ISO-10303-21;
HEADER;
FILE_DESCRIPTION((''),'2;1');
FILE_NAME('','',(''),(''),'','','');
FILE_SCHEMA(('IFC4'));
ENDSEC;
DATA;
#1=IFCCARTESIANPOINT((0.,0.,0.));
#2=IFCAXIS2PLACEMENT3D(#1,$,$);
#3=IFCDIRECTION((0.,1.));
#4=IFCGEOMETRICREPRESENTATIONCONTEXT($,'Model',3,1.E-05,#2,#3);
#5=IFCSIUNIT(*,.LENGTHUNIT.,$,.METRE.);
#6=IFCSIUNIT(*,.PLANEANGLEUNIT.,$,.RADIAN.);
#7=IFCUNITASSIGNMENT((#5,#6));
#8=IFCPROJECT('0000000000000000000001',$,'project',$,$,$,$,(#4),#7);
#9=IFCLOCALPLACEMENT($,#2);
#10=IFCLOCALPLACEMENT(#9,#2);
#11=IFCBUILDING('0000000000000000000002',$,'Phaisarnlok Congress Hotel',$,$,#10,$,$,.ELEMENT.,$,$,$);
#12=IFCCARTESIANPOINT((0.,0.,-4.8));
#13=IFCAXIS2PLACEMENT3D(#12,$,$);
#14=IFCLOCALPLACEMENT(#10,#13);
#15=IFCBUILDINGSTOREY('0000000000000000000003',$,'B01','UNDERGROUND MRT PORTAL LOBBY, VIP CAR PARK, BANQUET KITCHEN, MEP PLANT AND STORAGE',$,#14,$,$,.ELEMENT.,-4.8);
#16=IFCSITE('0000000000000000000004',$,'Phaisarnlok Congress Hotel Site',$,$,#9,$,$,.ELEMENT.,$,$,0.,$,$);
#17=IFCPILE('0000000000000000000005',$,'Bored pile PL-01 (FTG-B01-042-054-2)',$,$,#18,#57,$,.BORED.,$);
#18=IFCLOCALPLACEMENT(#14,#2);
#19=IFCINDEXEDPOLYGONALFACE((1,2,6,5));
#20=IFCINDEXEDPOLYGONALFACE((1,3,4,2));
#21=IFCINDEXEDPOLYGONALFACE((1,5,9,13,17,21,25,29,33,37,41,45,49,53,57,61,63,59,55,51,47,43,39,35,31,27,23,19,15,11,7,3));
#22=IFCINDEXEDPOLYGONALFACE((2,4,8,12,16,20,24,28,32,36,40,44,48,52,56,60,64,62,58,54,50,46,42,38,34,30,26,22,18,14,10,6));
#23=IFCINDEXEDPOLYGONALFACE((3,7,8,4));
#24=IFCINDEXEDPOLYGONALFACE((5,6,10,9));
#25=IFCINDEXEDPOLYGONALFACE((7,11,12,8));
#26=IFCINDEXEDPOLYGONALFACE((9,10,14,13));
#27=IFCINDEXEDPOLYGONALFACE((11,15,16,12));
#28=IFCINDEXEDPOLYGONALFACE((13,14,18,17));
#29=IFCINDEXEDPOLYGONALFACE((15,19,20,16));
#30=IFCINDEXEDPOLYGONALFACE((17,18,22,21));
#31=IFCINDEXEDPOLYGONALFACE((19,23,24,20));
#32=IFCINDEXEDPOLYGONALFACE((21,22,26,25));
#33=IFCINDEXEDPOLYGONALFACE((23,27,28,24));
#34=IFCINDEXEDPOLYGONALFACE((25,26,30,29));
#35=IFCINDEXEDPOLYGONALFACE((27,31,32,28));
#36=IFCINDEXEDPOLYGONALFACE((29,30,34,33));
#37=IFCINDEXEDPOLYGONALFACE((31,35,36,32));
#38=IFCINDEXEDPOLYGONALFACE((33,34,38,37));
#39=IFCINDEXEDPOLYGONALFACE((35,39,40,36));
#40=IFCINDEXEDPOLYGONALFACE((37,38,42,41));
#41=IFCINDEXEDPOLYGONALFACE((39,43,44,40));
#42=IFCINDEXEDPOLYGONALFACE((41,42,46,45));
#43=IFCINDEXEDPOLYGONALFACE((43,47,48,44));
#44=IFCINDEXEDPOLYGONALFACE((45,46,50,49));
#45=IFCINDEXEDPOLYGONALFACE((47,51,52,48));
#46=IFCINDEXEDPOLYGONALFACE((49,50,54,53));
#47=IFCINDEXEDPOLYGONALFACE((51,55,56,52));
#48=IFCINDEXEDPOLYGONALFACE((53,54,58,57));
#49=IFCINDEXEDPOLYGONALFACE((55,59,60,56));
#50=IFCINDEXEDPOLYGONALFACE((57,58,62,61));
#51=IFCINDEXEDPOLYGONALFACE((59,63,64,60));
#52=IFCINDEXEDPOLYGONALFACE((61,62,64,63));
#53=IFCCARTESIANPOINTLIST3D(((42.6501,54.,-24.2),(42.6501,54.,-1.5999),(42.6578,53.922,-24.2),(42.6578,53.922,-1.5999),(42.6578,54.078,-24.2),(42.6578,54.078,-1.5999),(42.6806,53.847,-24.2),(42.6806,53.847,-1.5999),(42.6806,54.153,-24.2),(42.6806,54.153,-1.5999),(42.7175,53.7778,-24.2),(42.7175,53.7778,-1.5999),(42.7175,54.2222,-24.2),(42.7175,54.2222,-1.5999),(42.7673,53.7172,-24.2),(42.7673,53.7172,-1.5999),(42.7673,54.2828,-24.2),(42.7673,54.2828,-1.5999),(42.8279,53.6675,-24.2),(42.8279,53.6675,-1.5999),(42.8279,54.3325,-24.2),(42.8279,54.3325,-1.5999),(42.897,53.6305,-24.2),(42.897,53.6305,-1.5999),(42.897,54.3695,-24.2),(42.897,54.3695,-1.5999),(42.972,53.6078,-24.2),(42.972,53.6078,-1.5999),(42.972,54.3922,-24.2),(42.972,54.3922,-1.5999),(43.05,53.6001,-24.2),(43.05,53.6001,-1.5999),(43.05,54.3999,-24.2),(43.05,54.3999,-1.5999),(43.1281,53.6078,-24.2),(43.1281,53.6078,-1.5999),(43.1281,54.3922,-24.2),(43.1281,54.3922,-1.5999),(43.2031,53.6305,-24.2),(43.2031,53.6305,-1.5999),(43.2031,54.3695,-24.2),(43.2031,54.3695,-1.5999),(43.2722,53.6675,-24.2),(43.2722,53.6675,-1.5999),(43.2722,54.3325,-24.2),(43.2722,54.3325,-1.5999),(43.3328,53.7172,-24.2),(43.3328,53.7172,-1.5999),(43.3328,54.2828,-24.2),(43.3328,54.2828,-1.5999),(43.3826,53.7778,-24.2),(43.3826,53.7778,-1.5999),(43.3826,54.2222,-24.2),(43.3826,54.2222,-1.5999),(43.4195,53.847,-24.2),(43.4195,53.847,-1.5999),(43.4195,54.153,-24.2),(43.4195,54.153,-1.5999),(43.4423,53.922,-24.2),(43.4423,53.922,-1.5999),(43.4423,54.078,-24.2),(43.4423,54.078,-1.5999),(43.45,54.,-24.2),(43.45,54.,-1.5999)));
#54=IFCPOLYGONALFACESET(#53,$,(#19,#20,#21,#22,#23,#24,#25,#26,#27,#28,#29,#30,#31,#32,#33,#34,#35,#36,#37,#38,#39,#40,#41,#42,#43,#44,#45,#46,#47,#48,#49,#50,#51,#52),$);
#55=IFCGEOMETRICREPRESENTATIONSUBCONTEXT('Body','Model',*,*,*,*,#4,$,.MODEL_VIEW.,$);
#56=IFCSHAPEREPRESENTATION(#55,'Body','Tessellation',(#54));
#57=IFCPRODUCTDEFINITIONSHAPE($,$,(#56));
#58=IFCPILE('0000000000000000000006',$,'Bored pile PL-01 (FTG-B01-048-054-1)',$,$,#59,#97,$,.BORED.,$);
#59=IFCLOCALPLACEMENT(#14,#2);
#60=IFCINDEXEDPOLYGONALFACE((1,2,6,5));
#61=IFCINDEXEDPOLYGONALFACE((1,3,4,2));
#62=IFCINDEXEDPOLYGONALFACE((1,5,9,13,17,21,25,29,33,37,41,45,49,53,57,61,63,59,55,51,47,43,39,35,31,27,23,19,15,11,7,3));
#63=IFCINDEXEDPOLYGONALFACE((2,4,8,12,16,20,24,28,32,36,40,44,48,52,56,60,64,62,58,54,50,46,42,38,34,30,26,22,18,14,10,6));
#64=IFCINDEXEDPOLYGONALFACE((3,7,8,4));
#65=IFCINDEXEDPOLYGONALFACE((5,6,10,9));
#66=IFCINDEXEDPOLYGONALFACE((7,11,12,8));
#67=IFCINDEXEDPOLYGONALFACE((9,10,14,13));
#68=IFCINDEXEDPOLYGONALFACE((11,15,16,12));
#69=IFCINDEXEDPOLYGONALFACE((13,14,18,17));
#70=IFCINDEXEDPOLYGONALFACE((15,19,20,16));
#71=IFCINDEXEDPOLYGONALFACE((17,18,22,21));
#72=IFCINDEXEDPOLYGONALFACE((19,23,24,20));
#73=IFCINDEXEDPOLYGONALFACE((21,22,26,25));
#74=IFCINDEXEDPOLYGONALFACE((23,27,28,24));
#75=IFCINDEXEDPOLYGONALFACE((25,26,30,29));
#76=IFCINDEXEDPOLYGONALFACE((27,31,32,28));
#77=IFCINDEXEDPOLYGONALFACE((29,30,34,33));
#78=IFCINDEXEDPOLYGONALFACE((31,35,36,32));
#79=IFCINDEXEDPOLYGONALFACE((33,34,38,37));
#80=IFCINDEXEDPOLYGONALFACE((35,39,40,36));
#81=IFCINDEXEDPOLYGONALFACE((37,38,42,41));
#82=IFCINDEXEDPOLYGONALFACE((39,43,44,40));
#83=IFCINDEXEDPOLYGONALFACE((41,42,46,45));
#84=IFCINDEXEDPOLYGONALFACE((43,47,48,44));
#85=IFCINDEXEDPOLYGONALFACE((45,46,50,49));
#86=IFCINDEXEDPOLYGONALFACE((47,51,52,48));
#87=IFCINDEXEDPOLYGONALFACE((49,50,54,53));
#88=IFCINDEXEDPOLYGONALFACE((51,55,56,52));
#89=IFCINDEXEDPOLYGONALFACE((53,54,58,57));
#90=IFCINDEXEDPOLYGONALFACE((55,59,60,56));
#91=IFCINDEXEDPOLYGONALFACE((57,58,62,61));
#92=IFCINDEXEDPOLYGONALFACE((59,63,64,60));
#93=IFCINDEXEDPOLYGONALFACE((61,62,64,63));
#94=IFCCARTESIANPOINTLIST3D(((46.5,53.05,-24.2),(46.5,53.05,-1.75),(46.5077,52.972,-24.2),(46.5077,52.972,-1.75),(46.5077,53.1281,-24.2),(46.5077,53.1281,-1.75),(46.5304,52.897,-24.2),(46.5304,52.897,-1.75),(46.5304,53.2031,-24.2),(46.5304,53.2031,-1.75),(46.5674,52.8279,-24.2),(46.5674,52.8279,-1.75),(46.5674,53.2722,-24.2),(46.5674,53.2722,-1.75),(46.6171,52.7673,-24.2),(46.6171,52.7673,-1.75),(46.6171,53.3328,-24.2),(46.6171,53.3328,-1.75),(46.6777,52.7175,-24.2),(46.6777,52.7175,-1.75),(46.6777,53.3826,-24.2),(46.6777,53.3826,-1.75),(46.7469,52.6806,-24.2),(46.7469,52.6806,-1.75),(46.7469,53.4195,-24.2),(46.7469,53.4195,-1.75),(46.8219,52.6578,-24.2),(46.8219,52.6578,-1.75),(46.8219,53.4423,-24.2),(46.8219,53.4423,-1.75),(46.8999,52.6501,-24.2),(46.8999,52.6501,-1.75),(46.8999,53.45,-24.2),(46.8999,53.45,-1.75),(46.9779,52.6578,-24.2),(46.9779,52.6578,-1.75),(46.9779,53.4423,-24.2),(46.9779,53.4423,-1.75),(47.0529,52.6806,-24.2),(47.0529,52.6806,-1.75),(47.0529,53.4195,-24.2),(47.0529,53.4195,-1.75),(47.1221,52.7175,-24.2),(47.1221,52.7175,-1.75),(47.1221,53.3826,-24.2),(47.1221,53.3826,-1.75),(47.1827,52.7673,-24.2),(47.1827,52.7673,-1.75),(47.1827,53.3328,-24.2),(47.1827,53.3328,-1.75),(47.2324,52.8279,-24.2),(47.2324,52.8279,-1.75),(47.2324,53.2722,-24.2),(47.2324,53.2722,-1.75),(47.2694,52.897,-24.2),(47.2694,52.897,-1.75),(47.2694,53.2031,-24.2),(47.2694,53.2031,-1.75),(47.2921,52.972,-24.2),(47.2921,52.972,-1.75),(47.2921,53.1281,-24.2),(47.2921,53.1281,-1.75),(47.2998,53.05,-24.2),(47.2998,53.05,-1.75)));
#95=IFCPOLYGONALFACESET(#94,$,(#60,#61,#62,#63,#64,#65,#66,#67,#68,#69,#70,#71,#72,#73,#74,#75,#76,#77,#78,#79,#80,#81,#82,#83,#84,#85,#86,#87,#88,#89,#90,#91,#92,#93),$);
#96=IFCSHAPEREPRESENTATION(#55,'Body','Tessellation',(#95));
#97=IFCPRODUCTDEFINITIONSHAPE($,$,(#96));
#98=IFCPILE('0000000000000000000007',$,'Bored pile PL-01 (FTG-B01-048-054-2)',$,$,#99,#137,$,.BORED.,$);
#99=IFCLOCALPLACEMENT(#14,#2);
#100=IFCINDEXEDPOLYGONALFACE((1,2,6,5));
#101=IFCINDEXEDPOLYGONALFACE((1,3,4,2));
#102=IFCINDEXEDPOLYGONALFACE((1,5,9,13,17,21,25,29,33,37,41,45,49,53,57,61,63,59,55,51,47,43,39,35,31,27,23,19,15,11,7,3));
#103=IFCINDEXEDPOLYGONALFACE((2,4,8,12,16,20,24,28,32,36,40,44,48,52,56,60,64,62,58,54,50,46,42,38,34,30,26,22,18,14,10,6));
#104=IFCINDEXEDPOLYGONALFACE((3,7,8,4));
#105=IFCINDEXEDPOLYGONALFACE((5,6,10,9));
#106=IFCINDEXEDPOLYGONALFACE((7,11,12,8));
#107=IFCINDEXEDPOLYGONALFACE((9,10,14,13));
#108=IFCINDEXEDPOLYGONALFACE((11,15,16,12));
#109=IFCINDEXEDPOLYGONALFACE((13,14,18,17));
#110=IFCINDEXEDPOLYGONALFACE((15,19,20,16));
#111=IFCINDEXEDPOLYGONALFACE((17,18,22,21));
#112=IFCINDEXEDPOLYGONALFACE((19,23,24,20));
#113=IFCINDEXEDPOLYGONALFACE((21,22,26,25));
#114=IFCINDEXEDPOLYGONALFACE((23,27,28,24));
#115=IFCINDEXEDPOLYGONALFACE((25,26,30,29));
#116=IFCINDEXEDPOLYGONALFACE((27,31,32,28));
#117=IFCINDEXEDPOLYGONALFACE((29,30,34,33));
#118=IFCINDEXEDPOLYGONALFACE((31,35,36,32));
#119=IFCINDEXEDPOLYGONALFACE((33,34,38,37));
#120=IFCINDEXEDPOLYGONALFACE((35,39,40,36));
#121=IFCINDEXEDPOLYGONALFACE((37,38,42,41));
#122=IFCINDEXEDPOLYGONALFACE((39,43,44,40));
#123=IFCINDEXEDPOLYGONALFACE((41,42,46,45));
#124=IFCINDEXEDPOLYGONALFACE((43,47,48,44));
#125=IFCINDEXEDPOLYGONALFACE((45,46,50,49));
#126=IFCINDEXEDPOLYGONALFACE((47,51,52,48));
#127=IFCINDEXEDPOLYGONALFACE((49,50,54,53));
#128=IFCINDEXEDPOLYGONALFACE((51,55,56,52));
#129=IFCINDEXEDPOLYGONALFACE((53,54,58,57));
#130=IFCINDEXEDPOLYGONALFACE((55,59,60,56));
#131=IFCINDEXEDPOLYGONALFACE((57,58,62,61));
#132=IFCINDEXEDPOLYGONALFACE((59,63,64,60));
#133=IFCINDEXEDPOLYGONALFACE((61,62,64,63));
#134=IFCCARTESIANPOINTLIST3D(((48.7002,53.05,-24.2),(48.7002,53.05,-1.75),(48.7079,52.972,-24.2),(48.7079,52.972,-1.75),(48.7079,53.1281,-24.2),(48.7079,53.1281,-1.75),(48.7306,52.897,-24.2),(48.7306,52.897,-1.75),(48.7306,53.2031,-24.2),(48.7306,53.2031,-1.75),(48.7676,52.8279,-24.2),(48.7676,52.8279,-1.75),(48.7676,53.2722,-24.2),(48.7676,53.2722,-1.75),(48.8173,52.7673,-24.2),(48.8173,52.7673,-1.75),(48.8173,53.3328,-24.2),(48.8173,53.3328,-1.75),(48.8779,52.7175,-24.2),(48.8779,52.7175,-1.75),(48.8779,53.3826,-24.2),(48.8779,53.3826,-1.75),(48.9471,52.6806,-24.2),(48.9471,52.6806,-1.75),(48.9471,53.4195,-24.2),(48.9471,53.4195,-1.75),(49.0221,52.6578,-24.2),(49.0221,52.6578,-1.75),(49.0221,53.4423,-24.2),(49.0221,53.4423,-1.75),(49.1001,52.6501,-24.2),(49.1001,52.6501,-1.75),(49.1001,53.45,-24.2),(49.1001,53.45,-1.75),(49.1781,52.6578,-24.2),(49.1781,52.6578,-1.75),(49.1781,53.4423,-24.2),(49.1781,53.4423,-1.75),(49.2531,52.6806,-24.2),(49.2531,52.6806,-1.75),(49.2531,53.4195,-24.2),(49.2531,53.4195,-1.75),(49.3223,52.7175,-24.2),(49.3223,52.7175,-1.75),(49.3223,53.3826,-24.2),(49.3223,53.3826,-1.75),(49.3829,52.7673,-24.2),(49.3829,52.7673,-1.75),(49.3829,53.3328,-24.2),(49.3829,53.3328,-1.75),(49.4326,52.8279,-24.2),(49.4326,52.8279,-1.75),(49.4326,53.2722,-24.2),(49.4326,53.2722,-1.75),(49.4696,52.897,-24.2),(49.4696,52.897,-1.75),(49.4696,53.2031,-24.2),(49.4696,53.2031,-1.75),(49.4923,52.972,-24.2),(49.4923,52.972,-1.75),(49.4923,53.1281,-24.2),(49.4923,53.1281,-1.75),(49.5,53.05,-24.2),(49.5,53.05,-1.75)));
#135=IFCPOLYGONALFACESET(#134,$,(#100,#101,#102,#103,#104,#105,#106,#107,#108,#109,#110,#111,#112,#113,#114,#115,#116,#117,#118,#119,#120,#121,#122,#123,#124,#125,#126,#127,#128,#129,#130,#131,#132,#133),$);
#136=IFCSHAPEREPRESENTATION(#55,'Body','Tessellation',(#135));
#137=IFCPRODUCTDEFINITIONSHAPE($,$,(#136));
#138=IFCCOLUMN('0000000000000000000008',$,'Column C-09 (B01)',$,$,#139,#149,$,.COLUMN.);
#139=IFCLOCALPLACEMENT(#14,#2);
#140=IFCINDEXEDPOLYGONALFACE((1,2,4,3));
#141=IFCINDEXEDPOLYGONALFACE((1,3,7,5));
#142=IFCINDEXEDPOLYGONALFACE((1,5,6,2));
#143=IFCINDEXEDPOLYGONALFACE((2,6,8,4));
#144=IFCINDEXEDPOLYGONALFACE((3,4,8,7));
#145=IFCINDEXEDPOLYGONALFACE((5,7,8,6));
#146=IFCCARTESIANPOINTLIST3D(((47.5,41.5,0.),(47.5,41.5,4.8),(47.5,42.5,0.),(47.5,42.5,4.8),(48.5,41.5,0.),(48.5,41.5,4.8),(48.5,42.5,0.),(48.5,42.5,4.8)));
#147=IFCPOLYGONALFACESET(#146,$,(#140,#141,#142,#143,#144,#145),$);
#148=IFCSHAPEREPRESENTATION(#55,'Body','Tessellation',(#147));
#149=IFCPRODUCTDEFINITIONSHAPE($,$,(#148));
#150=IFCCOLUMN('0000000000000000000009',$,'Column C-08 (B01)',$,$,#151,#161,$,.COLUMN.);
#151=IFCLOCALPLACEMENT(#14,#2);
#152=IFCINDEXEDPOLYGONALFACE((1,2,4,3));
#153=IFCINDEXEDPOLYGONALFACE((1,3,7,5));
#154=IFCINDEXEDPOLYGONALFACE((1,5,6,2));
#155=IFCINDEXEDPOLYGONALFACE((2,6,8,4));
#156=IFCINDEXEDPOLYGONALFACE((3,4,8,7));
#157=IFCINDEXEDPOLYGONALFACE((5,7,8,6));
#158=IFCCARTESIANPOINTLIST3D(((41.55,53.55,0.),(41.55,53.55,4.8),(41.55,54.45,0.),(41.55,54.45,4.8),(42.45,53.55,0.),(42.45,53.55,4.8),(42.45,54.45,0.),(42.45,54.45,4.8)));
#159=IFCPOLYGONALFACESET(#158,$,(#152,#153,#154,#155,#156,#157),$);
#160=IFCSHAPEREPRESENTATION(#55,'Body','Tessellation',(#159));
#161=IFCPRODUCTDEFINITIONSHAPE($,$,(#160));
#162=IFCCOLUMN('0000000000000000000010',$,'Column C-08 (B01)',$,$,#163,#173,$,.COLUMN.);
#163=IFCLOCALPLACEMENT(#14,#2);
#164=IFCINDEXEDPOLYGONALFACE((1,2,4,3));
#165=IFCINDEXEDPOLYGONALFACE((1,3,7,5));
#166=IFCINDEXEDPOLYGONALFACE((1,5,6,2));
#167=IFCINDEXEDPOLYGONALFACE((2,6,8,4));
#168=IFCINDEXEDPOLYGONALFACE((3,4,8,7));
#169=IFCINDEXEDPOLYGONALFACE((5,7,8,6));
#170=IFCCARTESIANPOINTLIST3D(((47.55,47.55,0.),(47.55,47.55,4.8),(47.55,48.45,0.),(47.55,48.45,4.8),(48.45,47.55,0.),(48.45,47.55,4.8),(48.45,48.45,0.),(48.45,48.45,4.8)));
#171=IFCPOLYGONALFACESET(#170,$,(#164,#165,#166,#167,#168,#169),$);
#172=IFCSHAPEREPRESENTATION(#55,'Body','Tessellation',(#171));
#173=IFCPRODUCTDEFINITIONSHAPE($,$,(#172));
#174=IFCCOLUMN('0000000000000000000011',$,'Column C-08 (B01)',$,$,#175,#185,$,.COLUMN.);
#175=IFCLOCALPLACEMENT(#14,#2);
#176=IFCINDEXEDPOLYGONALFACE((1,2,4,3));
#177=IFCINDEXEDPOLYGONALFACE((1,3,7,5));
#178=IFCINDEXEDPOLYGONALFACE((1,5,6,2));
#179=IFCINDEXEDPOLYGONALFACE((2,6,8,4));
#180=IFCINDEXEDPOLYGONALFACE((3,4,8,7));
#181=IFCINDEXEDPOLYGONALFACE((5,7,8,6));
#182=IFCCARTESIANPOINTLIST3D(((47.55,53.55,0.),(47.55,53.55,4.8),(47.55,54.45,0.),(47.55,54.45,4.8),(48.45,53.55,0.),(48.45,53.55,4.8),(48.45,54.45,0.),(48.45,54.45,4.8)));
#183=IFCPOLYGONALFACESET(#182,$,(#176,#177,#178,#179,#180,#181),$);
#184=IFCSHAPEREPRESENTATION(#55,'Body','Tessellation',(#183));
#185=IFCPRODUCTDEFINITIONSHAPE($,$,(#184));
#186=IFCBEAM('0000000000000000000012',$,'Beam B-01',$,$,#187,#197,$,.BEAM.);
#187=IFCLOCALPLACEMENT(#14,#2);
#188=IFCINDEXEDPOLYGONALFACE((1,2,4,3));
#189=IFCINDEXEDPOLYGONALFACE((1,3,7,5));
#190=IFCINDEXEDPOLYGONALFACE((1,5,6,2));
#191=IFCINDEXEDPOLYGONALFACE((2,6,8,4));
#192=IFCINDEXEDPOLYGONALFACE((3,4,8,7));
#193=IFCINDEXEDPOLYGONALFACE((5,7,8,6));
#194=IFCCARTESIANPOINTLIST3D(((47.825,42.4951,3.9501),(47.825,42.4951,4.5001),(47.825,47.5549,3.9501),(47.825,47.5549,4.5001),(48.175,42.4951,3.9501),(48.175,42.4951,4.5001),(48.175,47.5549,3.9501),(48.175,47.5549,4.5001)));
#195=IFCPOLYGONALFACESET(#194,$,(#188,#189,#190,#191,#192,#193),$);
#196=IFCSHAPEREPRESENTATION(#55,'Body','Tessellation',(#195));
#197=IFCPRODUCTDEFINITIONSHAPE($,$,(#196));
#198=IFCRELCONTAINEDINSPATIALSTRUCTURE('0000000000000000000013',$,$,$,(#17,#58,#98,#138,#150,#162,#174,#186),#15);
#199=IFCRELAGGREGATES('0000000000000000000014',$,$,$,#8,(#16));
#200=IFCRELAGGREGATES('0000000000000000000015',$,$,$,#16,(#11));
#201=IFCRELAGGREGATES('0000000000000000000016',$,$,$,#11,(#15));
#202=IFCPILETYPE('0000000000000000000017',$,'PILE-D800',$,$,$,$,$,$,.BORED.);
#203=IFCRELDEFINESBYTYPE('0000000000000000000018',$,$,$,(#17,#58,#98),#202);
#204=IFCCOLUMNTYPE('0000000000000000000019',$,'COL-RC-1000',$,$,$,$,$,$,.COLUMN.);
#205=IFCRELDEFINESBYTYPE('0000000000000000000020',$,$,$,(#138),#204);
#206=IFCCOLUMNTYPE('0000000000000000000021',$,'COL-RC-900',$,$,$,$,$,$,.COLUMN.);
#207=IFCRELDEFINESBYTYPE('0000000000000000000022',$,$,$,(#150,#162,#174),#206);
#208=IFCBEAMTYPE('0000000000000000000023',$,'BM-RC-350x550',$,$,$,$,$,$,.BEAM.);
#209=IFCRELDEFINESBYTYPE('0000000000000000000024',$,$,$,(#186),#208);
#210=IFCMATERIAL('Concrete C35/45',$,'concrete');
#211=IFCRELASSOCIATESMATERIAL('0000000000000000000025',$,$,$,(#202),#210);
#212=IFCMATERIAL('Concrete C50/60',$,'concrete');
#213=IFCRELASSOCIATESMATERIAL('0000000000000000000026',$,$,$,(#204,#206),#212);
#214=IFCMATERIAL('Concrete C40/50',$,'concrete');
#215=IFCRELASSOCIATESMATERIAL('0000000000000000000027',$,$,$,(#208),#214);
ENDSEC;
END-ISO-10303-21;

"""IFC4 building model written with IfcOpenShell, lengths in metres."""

from ifc_helpers import new_model, si_unit, direction, frame, origin, origin_2d, place, context, subcontext, project, spatial, rectangle, circle, extrude, material, material_profile, profile_set, type_object, element, save


model = new_model("IFC4")

# Units and contexts
model_context = context("Model", 3, precision=1e-05, world=origin(), true_north=direction((0.0, 1.0)))
body_context = subcontext(model_context, "Body", "Model", "MODEL_VIEW")
ifc_project = project(units=[si_unit("LENGTHUNIT", "METRE"), si_unit("PLANEANGLEUNIT", "RADIAN")], contexts=[model_context])

# Site, building, storey
site_placement = place(None, origin())
site = spatial("IfcSite", under=ifc_project, at=site_placement, Name="Phaisarnlok Congress Hotel Site", CompositionType="ELEMENT", RefElevation=0.0)
building_placement = place(site_placement, origin())
building = spatial("IfcBuilding", under=site, at=building_placement, Name="Phaisarnlok Congress Hotel", CompositionType="ELEMENT")
storey_placement = place(building_placement, frame((0.0, 0.0, -4.8)))
storey = spatial("IfcBuildingStorey", under=building, at=storey_placement, Name="B01", Description="UNDERGROUND MRT PORTAL LOBBY, VIP CAR PARK, BANQUET KITCHEN, MEP PLANT AND STORAGE", CompositionType="ELEMENT", Elevation=-4.8)

# Shared definitions
ifc_material_1 = material(Name="Concrete C40/50", Category="concrete")

# Piles
ifc_material_2 = material(Name="Concrete C35/45", Category="concrete")
ifc_material_profile_1 = material_profile(ifc_material_2, circle(Radius=0.3999, at=origin_2d()), Name="BORED PILE D800")
ifc_profile_set_1 = profile_set([ifc_material_profile_1], Name="Concrete C35/45")
pile_type_1 = type_object("IfcPileType", Name="PILE-D800", PredefinedType="BORED", material=ifc_profile_set_1)
pile_1_placement = place(storey_placement, frame((43.05, 54.0, -1.5999), z_axis=(0.0, 0.0, -1.0), x_axis=(1.0, 0.0, 0.0)))
element("IfcPile", 1, at=pile_1_placement, inside=storey, type_object=pile_type_1, Name="Bored pile PL-01 (FTG-B01-042-054-2)", PredefinedType="BORED", context=body_context, shape_type="SweptSolid", body=[
    extrude(circle(Radius=0.3999, at=origin_2d()), origin(), (0.0, 0.0, 1.0), 22.6001),
])
for number, where, z_axis, x_axis, name in (
    (2, (46.8999, 53.05, -1.75), (0.0, 0.0, -1.0), (1.0, 0.0, 0.0), "Bored pile PL-01 (FTG-B01-048-054-1)"),
    (3, (49.1001, 53.05, -1.75), (0.0, 0.0, -1.0), (1.0, 0.0, 0.0), "Bored pile PL-01 (FTG-B01-048-054-2)"),
):
    element("IfcPile", number, at=place(storey_placement, frame(where, z_axis=z_axis, x_axis=x_axis)), inside=storey, type_object=pile_type_1, Name=name, PredefinedType="BORED", context=body_context, shape_type="SweptSolid", body=[
        extrude(circle(Radius=0.3999, at=origin_2d()), origin(), (0.0, 0.0, 1.0), 22.45),
    ])

# Columns
ifc_material_3 = material(Name="Concrete C50/60", Category="concrete")
ifc_material_profile_2 = material_profile(ifc_material_3, rectangle(XDim=1.0, YDim=1.0, at=origin_2d()), Name="RC 1000x1000")
ifc_profile_set_2 = profile_set([ifc_material_profile_2], Name="Concrete C50/60")
column_type_1 = type_object("IfcColumnType", Name="COL-RC-1000", PredefinedType="COLUMN", material=ifc_profile_set_2)
column_placement = place(storey_placement, frame((48.0, 42.0, 0.0), z_axis=(0.0, 0.0, 1.0), x_axis=(1.0, 0.0, 0.0)))
element("IfcColumn", 4, at=column_placement, inside=storey, type_object=column_type_1, Name="Column C-09 (B01)", PredefinedType="COLUMN", context=body_context, shape_type="SweptSolid", body=[
    extrude(rectangle(XDim=1.0, YDim=1.0, at=origin_2d()), origin(), (0.0, 0.0, 1.0), 4.8),
])
ifc_material_profile_3 = material_profile(ifc_material_3, rectangle(XDim=0.8999, YDim=0.8999, at=origin_2d()), Name="RC 900x900")
ifc_profile_set_3 = profile_set([ifc_material_profile_3], Name="Concrete C50/60")
column_type_2 = type_object("IfcColumnType", Name="COL-RC-900", PredefinedType="COLUMN", material=ifc_profile_set_3)
for number, where, z_axis, x_axis, name in (
    (5, (42.0, 54.0, 0.0), (0.0, 0.0, 1.0), (1.0, 0.0, 0.0), "Column C-08 (B01)"),
    (6, (48.0, 48.0, 0.0), (0.0, 0.0, 1.0), (1.0, 0.0, 0.0), "Column C-08 (B01)"),
    (7, (48.0, 54.0, 0.0), (0.0, 0.0, 1.0), (1.0, 0.0, 0.0), "Column C-08 (B01)"),
):
    element("IfcColumn", number, at=place(storey_placement, frame(where, z_axis=z_axis, x_axis=x_axis)), inside=storey, type_object=column_type_2, Name=name, PredefinedType="COLUMN", context=body_context, shape_type="SweptSolid", body=[
        extrude(rectangle(XDim=0.8999, YDim=0.8999, at=origin_2d()), origin(), (0.0, 0.0, 1.0), 4.8),
    ])

# Beam
ifc_material_profile_4 = material_profile(ifc_material_1, rectangle(XDim=0.3501, YDim=0.55, at=origin_2d()), Name="RC 350x550")
ifc_profile_set_4 = profile_set([ifc_material_profile_4], Name="Concrete C40/50")
beam_type_1 = type_object("IfcBeamType", Name="BM-RC-350x550", PredefinedType="BEAM", material=ifc_profile_set_4)
beam_1_placement = place(storey_placement, frame((48.0, 42.4951, 4.2251), z_axis=(0.0, 1.0, 0.0), x_axis=(-1.0, 0.0, 0.0)))
element("IfcBeam", 8, at=beam_1_placement, inside=storey, type_object=beam_type_1, Name="Beam B-01", PredefinedType="BEAM", context=body_context, shape_type="SweptSolid", body=[
    extrude(rectangle(XDim=0.3501, YDim=0.55, at=origin_2d()), origin(), (0.0, 0.0, 1.0), 5.0598),
])

save(model, "model.ifc")
